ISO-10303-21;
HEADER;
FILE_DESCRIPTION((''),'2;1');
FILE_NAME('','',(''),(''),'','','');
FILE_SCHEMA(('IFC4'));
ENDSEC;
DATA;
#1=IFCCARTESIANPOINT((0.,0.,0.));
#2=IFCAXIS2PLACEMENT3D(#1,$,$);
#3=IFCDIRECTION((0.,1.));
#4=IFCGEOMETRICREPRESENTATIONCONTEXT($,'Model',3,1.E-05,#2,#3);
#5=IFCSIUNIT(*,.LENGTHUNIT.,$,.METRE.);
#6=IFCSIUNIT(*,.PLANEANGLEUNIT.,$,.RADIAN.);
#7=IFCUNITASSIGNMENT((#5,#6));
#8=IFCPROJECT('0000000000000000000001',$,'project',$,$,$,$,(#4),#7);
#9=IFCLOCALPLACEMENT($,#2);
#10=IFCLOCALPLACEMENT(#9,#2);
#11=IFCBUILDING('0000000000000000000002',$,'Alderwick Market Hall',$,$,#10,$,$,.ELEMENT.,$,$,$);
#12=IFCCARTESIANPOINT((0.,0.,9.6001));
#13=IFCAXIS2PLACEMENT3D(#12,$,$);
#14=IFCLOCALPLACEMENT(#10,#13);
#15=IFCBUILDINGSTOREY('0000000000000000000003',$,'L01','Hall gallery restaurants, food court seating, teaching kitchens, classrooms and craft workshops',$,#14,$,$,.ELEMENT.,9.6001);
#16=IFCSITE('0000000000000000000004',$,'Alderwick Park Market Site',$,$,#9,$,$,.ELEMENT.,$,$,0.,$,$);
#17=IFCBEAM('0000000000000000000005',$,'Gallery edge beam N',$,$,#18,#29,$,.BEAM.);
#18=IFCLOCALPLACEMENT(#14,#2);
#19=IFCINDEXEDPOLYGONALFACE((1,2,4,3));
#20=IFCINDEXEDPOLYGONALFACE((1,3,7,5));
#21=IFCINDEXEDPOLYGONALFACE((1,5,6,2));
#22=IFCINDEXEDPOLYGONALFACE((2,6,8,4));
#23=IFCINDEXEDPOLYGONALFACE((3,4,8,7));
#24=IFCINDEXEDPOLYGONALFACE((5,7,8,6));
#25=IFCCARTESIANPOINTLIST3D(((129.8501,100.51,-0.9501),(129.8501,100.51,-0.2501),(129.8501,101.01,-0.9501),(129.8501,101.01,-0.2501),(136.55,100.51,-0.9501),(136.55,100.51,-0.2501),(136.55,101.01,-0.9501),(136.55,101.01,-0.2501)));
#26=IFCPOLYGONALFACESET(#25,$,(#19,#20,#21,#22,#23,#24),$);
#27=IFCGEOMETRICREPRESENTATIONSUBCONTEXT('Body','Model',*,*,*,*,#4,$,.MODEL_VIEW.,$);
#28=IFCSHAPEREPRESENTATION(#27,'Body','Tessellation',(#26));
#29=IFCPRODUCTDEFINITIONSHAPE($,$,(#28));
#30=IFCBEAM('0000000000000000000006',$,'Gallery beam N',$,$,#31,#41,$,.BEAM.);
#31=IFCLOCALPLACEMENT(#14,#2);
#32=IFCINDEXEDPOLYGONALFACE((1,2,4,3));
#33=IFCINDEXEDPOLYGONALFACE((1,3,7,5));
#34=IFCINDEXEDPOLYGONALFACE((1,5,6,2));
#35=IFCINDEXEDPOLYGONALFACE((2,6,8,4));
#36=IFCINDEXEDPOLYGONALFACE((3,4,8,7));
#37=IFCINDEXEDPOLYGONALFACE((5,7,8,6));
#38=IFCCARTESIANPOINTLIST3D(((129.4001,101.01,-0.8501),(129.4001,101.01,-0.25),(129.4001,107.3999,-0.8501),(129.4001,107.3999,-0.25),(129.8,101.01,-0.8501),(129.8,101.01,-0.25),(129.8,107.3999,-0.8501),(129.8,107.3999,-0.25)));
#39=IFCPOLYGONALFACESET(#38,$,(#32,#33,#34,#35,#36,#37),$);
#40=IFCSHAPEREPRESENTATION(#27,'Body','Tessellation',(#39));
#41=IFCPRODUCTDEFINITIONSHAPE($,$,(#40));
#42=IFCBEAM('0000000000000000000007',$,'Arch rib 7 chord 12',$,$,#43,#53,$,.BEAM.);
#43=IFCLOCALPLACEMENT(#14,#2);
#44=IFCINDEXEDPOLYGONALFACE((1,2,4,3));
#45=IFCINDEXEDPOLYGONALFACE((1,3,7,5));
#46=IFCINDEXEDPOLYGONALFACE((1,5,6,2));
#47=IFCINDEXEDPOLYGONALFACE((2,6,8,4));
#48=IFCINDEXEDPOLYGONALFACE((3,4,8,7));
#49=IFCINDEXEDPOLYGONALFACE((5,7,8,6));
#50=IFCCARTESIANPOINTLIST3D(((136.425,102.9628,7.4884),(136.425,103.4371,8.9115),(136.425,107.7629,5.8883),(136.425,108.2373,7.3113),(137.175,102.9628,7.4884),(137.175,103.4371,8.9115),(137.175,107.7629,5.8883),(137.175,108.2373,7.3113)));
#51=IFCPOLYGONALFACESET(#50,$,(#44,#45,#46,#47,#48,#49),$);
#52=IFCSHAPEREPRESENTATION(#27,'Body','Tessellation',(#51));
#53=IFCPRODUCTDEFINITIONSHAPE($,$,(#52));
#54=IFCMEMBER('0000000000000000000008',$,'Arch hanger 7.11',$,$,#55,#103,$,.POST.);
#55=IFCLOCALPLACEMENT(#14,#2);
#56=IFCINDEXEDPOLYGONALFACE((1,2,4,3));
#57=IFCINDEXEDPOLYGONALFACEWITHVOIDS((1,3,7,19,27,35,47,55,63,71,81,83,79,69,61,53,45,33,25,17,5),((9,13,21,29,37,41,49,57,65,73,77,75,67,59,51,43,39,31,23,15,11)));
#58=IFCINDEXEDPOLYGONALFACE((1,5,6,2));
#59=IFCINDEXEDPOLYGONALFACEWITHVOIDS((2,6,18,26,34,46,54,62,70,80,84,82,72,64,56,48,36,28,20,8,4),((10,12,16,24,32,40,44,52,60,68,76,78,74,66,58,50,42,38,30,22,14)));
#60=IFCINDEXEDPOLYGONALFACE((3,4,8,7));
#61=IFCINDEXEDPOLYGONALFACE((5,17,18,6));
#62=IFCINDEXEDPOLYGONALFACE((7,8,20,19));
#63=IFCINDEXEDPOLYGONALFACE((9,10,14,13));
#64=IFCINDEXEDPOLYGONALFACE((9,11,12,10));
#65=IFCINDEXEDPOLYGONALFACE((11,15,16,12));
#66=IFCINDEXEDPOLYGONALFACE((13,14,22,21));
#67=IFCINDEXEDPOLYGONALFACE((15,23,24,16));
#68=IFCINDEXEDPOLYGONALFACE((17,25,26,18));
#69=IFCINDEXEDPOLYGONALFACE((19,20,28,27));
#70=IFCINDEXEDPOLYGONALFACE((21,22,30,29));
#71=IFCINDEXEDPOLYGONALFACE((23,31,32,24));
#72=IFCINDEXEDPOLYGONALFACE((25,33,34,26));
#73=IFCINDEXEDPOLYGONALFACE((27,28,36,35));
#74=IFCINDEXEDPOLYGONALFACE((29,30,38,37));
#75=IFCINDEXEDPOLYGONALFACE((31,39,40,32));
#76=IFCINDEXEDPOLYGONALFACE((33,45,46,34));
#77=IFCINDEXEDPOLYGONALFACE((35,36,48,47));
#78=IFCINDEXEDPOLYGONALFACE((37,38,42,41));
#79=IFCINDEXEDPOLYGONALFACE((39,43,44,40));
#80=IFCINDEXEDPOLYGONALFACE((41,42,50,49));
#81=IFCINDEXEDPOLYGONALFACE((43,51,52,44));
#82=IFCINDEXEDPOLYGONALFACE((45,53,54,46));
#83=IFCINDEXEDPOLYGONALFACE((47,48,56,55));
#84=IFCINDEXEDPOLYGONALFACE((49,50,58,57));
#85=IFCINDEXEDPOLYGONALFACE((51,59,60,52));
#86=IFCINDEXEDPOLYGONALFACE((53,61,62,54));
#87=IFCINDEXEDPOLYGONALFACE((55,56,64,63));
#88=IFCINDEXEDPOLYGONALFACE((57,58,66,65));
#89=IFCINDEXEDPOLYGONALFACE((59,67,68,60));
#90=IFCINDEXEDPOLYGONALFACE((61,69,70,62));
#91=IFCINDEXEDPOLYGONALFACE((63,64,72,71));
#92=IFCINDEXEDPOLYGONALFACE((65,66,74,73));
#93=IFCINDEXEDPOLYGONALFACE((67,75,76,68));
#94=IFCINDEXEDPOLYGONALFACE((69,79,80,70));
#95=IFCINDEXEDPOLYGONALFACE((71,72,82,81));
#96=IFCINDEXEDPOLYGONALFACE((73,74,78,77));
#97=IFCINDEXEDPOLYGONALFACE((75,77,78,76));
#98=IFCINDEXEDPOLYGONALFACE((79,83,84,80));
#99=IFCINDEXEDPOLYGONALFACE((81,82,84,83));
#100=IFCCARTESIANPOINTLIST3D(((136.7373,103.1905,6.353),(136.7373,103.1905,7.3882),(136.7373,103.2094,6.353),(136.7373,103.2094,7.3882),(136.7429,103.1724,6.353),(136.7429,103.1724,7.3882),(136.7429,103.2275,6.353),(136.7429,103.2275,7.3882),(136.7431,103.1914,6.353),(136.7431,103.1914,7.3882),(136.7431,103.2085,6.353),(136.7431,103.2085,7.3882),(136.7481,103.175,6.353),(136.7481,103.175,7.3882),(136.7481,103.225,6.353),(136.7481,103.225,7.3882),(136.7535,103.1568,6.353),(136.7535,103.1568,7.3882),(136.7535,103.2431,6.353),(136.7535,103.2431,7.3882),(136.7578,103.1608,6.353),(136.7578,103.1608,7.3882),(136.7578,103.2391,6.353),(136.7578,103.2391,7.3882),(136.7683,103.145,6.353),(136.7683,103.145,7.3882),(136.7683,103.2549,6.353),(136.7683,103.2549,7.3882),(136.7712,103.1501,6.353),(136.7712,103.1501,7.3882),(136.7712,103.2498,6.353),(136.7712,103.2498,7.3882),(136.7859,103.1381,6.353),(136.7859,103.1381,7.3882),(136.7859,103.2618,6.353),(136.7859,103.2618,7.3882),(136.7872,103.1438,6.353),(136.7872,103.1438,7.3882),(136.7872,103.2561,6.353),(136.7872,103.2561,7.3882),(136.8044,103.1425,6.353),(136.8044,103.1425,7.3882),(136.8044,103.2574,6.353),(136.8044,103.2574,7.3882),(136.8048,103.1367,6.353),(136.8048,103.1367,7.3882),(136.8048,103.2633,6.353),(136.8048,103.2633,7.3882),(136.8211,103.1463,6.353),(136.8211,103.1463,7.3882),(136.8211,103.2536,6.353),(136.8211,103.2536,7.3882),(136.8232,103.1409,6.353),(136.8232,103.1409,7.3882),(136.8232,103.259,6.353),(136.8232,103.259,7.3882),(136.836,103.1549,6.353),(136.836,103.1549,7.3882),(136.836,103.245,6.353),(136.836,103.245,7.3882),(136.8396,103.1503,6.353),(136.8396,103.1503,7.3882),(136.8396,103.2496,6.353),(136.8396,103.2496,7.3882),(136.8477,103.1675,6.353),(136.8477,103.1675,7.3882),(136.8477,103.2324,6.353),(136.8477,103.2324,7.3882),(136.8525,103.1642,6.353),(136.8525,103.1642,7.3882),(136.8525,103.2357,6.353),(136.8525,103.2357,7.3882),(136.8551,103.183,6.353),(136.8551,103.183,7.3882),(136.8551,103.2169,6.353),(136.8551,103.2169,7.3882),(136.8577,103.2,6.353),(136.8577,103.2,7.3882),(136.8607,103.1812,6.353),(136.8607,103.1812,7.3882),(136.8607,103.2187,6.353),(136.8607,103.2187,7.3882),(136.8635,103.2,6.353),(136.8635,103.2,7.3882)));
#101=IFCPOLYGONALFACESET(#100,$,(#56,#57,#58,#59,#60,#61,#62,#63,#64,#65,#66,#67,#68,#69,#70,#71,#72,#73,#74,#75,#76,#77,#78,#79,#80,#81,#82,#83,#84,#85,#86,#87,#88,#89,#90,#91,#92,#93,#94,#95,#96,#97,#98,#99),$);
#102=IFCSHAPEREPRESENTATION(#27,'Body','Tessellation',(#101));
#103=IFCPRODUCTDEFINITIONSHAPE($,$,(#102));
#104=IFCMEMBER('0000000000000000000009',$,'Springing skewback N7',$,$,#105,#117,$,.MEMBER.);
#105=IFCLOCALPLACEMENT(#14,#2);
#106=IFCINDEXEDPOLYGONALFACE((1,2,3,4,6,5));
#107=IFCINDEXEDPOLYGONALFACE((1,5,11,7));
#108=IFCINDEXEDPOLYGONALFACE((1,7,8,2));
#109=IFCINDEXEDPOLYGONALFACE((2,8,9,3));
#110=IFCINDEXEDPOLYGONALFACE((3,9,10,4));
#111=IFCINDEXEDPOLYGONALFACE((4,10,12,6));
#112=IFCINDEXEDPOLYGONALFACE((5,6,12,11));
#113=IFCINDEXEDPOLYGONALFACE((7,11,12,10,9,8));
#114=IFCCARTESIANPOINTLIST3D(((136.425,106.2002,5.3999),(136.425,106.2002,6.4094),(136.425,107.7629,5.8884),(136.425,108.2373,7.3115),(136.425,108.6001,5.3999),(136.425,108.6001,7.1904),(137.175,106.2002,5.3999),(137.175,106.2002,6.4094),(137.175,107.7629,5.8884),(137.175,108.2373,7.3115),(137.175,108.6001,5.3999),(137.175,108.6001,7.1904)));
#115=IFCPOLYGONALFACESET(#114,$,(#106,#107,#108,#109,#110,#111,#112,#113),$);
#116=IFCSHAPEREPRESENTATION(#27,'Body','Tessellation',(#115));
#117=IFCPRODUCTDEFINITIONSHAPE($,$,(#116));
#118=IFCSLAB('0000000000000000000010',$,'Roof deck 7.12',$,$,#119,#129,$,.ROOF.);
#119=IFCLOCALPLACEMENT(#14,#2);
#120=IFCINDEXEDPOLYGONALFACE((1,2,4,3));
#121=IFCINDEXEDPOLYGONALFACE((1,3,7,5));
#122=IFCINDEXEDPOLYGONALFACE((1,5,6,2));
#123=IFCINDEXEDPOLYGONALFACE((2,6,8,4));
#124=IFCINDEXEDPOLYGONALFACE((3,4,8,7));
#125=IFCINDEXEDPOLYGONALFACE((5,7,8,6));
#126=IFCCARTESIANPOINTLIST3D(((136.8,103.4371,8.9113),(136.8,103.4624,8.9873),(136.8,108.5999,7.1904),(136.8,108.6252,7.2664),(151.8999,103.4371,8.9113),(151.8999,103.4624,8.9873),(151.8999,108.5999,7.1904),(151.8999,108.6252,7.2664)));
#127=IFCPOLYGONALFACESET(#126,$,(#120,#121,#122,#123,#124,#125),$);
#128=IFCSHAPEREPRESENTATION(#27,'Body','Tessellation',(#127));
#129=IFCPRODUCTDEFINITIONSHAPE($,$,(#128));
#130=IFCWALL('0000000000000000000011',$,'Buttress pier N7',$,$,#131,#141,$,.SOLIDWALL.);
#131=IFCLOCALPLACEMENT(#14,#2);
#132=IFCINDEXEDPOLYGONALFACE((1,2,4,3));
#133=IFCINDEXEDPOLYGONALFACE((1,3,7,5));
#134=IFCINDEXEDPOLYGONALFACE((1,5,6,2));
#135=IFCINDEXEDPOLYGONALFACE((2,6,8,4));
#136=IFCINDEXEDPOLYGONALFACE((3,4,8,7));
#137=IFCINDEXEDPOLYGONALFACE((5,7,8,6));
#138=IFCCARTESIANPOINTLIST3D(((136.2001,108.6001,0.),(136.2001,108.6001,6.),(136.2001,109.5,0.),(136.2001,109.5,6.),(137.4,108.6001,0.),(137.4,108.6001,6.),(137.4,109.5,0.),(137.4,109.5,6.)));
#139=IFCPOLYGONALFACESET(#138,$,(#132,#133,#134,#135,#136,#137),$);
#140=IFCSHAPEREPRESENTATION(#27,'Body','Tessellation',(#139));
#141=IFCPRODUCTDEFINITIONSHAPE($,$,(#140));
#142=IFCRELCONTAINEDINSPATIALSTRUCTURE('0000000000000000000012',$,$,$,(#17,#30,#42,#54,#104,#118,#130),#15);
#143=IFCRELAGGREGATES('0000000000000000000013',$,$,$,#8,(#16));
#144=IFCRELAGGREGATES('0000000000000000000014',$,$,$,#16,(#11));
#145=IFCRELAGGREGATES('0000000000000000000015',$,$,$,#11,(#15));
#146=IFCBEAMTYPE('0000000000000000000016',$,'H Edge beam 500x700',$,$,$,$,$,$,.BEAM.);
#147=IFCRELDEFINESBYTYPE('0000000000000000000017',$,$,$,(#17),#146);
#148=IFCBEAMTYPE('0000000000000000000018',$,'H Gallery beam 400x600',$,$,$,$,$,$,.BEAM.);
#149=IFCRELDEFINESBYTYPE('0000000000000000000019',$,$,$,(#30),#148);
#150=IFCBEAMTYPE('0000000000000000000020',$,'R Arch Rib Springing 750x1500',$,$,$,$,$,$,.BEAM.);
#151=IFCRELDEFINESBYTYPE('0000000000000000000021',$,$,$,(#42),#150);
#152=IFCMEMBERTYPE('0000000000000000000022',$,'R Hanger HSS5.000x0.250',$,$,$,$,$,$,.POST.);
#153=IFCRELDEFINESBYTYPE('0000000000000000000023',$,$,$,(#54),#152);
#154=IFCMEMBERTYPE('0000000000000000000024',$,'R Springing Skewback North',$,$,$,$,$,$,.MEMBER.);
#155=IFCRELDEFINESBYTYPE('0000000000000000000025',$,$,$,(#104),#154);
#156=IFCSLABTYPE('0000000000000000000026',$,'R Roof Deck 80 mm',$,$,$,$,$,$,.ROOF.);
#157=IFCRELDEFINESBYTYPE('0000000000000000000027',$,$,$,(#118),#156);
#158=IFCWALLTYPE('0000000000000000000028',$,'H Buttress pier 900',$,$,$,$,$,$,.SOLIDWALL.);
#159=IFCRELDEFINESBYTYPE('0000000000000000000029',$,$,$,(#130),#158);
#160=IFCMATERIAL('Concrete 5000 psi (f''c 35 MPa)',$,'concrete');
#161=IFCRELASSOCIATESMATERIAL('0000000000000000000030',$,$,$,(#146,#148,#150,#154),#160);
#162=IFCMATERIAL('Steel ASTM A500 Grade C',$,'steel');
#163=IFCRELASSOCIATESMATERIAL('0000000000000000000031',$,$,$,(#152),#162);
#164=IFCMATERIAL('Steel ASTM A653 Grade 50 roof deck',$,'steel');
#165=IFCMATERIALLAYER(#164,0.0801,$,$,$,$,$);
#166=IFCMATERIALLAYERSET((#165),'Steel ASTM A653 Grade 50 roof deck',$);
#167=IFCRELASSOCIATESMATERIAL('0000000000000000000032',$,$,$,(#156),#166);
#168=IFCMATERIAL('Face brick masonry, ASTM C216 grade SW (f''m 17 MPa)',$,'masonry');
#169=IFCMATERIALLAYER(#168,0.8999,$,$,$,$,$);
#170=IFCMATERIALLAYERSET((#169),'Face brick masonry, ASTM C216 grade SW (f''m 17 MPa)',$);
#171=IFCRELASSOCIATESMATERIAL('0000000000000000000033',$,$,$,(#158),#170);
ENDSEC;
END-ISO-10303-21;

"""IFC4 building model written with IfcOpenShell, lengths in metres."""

from ifc_helpers import new_model, si_unit, direction, frame, frame_2d, origin, origin_2d, place, context, subcontext, project, spatial, polyline, rectangle, hollow_circle, outline, extrude, material, layer, layer_set, material_profile, profile_set, type_object, element, save


model = new_model("IFC4")

# Units and contexts
model_context = context("Model", 3, precision=1e-05, world=origin(), true_north=direction((0.0, 1.0)))
body_context = subcontext(model_context, "Body", "Model", "MODEL_VIEW")
ifc_project = project(units=[si_unit("LENGTHUNIT", "METRE"), si_unit("PLANEANGLEUNIT", "RADIAN")], contexts=[model_context])

# Site, building, storey
site_placement = place(None, origin())
site = spatial("IfcSite", under=ifc_project, at=site_placement, Name="Alderwick Park Market Site", CompositionType="ELEMENT", RefElevation=0.0)
building_placement = place(site_placement, origin())
building = spatial("IfcBuilding", under=site, at=building_placement, Name="Alderwick Market Hall", CompositionType="ELEMENT")
storey_placement = place(building_placement, frame((0.0, 0.0, 9.6001)))
storey = spatial("IfcBuildingStorey", under=building, at=storey_placement, Name="L01", Description="Hall gallery restaurants, food court seating, teaching kitchens, classrooms and craft workshops", CompositionType="ELEMENT", Elevation=9.6001)

# Beams
ifc_material_1 = material(Name="Concrete 5000 psi (f'c 35 MPa)", Category="concrete")
ifc_material_profile_1 = material_profile(ifc_material_1, rectangle(XDim=0.5, YDim=0.7, at=origin_2d()), Name="RC 500x700")
ifc_profile_set_1 = profile_set([ifc_material_profile_1], Name="Concrete 5000 psi (f'c 35 MPa)")
beam_type_1 = type_object("IfcBeamType", Name="H Edge beam 500x700", PredefinedType="BEAM", material=ifc_profile_set_1)
beam_1_placement = place(storey_placement, frame((129.8501, 100.76, -0.6001), z_axis=(1.0, 0.0, 0.0), x_axis=(0.0, 1.0, 0.0)))
element("IfcBeam", 1, at=beam_1_placement, inside=storey, type_object=beam_type_1, Name="Gallery edge beam N", PredefinedType="BEAM", context=body_context, shape_type="SweptSolid", body=[
    extrude(rectangle(XDim=0.5, YDim=0.7, at=origin_2d()), origin(), (0.0, 0.0, 1.0), 6.7),
])
ifc_material_profile_2 = material_profile(ifc_material_1, rectangle(XDim=0.3999, YDim=0.6001, at=origin_2d()), Name="RC 400x600")
ifc_profile_set_2 = profile_set([ifc_material_profile_2], Name="Concrete 5000 psi (f'c 35 MPa)")
beam_type_2 = type_object("IfcBeamType", Name="H Gallery beam 400x600", PredefinedType="BEAM", material=ifc_profile_set_2)
beam_2_placement = place(storey_placement, frame((129.6001, 107.3999, -0.55), z_axis=(0.0, -1.0, 0.0), x_axis=(1.0, 0.0, 0.0)))
element("IfcBeam", 2, at=beam_2_placement, inside=storey, type_object=beam_type_2, Name="Gallery beam N", PredefinedType="BEAM", context=body_context, shape_type="SweptSolid", body=[
    extrude(rectangle(XDim=0.3999, YDim=0.6001, at=origin_2d()), origin(), (0.0, 0.0, 1.0), 6.3899),
])
ifc_material_profile_3 = material_profile(ifc_material_1, rectangle(XDim=0.75, YDim=1.5, at=origin_2d()), Name="RC 750x1500")
ifc_profile_set_3 = profile_set([ifc_material_profile_3], Name="Concrete 5000 psi (f'c 35 MPa)")
beam_type_3 = type_object("IfcBeamType", Name="R Arch Rib Springing 750x1500", PredefinedType="BEAM", material=ifc_profile_set_3)
beam_3_placement = place(storey_placement, frame((136.8, 103.2, 8.2), z_axis=(0.0, 0.948678, -0.316242), x_axis=(-1.0, 0.0, 0.0)))
element("IfcBeam", 3, at=beam_3_placement, inside=storey, type_object=beam_type_3, Name="Arch rib 7 chord 12", PredefinedType="BEAM", context=body_context, shape_type="SweptSolid", body=[
    extrude(rectangle(XDim=0.75, YDim=1.5, at=origin_2d()), origin(), (0.0, 0.0, 1.0), 5.0598),
])

# Members
ifc_material_2 = material(Name="Steel ASTM A500 Grade C", Category="steel")
ifc_material_profile_4 = material_profile(ifc_material_2, hollow_circle(Radius=0.0635, WallThickness=0.0059, at=origin_2d()), Name="HSS5.000x0.250")
ifc_profile_set_4 = profile_set([ifc_material_profile_4], Name="Steel ASTM A500 Grade C")
member_type_1 = type_object("IfcMemberType", Name="R Hanger HSS5.000x0.250", PredefinedType="POST", material=ifc_profile_set_4)
member_1_placement = place(storey_placement, frame((136.8, 103.2, 6.353), z_axis=(0.0, 0.0, 1.0), x_axis=(1.0, 0.0, 0.0)))
element("IfcMember", 4, at=member_1_placement, inside=storey, type_object=member_type_1, Name="Arch hanger 7.11", PredefinedType="POST", context=body_context, shape_type="SweptSolid", body=[
    extrude(hollow_circle(Radius=0.0635, WallThickness=0.0059, at=origin_2d()), origin(), (0.0, 0.0, 1.0), 1.0352),
])
ifc_material_profile_5 = material_profile(ifc_material_1, outline(polyline([(0.0, 0.0), (-2.3999, 0.0), (-2.3999, 1.0095), (-0.8372, 0.4885), (-0.3628, 1.9116), (0.0, 1.7905), (0.0, 0.0)])), Name="RC skewback N")
ifc_profile_set_5 = profile_set([ifc_material_profile_5], Name="Concrete 5000 psi (f'c 35 MPa)")
member_type_2 = type_object("IfcMemberType", Name="R Springing Skewback North", PredefinedType="MEMBER", material=ifc_profile_set_5)
member_2_placement = place(storey_placement, frame((136.425, 108.6001, 5.3999), z_axis=(1.0, 0.0, 0.0), x_axis=(0.0, 1.0, 0.0)))
element("IfcMember", 5, at=member_2_placement, inside=storey, type_object=member_type_2, Name="Springing skewback N7", PredefinedType="MEMBER", context=body_context, shape_type="SweptSolid", body=[
    extrude(outline(polyline([(0.0, 0.0), (-2.3999, 0.0), (-2.3999, 1.0095), (-0.8372, 0.4885), (-0.3628, 1.9116), (0.0, 1.7905), (0.0, 0.0)])), origin(), (0.0, 0.0, 1.0), 0.75),
])

# Slab
ifc_material_3 = material(Name="Steel ASTM A653 Grade 50 roof deck", Category="steel")
ifc_layer_1 = layer(ifc_material_3, 0.0801)
ifc_layer_set_1 = layer_set([ifc_layer_1], Name="Steel ASTM A653 Grade 50 roof deck")
slab_type = type_object("IfcSlabType", Name="R Roof Deck 80 mm", PredefinedType="ROOF", material=ifc_layer_set_1)
slab_placement = place(storey_placement, frame((136.8, 103.4624, 8.9873), z_axis=(0.0, 0.316228, 0.948683), x_axis=(1.0, 0.0, 0.0)))
element("IfcSlab", 6, at=slab_placement, inside=storey, type_object=slab_type, Name="Roof deck 7.12", PredefinedType="ROOF", context=body_context, shape_type="SweptSolid", body=[
    extrude(outline(polyline([(0.0, 0.0), (15.0999, 0.0), (15.0999, 5.4421), (0.0, 5.4421), (0.0, 0.0)])), origin(), (0.0, 0.0, -1.0), 0.0801),
])

# Wall
ifc_material_4 = material(Name="Face brick masonry, ASTM C216 grade SW (f'm 17 MPa)", Category="masonry")
ifc_layer_2 = layer(ifc_material_4, 0.8999)
ifc_layer_set_2 = layer_set([ifc_layer_2], Name="Face brick masonry, ASTM C216 grade SW (f'm 17 MPa)")
wall_type_1 = type_object("IfcWallType", Name="H Buttress pier 900", PredefinedType="SOLIDWALL", material=ifc_layer_set_2)
wall_1_placement = place(storey_placement, frame((136.2, 109.05, 0.0), z_axis=(0.0, 0.0, 1.0), x_axis=(1.0, 0.0, 0.0)))
element("IfcWall", 7, at=wall_1_placement, inside=storey, type_object=wall_type_1, Name="Buttress pier N7", PredefinedType="SOLIDWALL", context=body_context, shape_type="SweptSolid", body=[
    extrude(rectangle(XDim=1.2, YDim=0.8999, at=frame_2d((0.6001, 0.0))), origin(), (0.0, 0.0, 1.0), 6.0),
])

save(model, "model.ifc")
